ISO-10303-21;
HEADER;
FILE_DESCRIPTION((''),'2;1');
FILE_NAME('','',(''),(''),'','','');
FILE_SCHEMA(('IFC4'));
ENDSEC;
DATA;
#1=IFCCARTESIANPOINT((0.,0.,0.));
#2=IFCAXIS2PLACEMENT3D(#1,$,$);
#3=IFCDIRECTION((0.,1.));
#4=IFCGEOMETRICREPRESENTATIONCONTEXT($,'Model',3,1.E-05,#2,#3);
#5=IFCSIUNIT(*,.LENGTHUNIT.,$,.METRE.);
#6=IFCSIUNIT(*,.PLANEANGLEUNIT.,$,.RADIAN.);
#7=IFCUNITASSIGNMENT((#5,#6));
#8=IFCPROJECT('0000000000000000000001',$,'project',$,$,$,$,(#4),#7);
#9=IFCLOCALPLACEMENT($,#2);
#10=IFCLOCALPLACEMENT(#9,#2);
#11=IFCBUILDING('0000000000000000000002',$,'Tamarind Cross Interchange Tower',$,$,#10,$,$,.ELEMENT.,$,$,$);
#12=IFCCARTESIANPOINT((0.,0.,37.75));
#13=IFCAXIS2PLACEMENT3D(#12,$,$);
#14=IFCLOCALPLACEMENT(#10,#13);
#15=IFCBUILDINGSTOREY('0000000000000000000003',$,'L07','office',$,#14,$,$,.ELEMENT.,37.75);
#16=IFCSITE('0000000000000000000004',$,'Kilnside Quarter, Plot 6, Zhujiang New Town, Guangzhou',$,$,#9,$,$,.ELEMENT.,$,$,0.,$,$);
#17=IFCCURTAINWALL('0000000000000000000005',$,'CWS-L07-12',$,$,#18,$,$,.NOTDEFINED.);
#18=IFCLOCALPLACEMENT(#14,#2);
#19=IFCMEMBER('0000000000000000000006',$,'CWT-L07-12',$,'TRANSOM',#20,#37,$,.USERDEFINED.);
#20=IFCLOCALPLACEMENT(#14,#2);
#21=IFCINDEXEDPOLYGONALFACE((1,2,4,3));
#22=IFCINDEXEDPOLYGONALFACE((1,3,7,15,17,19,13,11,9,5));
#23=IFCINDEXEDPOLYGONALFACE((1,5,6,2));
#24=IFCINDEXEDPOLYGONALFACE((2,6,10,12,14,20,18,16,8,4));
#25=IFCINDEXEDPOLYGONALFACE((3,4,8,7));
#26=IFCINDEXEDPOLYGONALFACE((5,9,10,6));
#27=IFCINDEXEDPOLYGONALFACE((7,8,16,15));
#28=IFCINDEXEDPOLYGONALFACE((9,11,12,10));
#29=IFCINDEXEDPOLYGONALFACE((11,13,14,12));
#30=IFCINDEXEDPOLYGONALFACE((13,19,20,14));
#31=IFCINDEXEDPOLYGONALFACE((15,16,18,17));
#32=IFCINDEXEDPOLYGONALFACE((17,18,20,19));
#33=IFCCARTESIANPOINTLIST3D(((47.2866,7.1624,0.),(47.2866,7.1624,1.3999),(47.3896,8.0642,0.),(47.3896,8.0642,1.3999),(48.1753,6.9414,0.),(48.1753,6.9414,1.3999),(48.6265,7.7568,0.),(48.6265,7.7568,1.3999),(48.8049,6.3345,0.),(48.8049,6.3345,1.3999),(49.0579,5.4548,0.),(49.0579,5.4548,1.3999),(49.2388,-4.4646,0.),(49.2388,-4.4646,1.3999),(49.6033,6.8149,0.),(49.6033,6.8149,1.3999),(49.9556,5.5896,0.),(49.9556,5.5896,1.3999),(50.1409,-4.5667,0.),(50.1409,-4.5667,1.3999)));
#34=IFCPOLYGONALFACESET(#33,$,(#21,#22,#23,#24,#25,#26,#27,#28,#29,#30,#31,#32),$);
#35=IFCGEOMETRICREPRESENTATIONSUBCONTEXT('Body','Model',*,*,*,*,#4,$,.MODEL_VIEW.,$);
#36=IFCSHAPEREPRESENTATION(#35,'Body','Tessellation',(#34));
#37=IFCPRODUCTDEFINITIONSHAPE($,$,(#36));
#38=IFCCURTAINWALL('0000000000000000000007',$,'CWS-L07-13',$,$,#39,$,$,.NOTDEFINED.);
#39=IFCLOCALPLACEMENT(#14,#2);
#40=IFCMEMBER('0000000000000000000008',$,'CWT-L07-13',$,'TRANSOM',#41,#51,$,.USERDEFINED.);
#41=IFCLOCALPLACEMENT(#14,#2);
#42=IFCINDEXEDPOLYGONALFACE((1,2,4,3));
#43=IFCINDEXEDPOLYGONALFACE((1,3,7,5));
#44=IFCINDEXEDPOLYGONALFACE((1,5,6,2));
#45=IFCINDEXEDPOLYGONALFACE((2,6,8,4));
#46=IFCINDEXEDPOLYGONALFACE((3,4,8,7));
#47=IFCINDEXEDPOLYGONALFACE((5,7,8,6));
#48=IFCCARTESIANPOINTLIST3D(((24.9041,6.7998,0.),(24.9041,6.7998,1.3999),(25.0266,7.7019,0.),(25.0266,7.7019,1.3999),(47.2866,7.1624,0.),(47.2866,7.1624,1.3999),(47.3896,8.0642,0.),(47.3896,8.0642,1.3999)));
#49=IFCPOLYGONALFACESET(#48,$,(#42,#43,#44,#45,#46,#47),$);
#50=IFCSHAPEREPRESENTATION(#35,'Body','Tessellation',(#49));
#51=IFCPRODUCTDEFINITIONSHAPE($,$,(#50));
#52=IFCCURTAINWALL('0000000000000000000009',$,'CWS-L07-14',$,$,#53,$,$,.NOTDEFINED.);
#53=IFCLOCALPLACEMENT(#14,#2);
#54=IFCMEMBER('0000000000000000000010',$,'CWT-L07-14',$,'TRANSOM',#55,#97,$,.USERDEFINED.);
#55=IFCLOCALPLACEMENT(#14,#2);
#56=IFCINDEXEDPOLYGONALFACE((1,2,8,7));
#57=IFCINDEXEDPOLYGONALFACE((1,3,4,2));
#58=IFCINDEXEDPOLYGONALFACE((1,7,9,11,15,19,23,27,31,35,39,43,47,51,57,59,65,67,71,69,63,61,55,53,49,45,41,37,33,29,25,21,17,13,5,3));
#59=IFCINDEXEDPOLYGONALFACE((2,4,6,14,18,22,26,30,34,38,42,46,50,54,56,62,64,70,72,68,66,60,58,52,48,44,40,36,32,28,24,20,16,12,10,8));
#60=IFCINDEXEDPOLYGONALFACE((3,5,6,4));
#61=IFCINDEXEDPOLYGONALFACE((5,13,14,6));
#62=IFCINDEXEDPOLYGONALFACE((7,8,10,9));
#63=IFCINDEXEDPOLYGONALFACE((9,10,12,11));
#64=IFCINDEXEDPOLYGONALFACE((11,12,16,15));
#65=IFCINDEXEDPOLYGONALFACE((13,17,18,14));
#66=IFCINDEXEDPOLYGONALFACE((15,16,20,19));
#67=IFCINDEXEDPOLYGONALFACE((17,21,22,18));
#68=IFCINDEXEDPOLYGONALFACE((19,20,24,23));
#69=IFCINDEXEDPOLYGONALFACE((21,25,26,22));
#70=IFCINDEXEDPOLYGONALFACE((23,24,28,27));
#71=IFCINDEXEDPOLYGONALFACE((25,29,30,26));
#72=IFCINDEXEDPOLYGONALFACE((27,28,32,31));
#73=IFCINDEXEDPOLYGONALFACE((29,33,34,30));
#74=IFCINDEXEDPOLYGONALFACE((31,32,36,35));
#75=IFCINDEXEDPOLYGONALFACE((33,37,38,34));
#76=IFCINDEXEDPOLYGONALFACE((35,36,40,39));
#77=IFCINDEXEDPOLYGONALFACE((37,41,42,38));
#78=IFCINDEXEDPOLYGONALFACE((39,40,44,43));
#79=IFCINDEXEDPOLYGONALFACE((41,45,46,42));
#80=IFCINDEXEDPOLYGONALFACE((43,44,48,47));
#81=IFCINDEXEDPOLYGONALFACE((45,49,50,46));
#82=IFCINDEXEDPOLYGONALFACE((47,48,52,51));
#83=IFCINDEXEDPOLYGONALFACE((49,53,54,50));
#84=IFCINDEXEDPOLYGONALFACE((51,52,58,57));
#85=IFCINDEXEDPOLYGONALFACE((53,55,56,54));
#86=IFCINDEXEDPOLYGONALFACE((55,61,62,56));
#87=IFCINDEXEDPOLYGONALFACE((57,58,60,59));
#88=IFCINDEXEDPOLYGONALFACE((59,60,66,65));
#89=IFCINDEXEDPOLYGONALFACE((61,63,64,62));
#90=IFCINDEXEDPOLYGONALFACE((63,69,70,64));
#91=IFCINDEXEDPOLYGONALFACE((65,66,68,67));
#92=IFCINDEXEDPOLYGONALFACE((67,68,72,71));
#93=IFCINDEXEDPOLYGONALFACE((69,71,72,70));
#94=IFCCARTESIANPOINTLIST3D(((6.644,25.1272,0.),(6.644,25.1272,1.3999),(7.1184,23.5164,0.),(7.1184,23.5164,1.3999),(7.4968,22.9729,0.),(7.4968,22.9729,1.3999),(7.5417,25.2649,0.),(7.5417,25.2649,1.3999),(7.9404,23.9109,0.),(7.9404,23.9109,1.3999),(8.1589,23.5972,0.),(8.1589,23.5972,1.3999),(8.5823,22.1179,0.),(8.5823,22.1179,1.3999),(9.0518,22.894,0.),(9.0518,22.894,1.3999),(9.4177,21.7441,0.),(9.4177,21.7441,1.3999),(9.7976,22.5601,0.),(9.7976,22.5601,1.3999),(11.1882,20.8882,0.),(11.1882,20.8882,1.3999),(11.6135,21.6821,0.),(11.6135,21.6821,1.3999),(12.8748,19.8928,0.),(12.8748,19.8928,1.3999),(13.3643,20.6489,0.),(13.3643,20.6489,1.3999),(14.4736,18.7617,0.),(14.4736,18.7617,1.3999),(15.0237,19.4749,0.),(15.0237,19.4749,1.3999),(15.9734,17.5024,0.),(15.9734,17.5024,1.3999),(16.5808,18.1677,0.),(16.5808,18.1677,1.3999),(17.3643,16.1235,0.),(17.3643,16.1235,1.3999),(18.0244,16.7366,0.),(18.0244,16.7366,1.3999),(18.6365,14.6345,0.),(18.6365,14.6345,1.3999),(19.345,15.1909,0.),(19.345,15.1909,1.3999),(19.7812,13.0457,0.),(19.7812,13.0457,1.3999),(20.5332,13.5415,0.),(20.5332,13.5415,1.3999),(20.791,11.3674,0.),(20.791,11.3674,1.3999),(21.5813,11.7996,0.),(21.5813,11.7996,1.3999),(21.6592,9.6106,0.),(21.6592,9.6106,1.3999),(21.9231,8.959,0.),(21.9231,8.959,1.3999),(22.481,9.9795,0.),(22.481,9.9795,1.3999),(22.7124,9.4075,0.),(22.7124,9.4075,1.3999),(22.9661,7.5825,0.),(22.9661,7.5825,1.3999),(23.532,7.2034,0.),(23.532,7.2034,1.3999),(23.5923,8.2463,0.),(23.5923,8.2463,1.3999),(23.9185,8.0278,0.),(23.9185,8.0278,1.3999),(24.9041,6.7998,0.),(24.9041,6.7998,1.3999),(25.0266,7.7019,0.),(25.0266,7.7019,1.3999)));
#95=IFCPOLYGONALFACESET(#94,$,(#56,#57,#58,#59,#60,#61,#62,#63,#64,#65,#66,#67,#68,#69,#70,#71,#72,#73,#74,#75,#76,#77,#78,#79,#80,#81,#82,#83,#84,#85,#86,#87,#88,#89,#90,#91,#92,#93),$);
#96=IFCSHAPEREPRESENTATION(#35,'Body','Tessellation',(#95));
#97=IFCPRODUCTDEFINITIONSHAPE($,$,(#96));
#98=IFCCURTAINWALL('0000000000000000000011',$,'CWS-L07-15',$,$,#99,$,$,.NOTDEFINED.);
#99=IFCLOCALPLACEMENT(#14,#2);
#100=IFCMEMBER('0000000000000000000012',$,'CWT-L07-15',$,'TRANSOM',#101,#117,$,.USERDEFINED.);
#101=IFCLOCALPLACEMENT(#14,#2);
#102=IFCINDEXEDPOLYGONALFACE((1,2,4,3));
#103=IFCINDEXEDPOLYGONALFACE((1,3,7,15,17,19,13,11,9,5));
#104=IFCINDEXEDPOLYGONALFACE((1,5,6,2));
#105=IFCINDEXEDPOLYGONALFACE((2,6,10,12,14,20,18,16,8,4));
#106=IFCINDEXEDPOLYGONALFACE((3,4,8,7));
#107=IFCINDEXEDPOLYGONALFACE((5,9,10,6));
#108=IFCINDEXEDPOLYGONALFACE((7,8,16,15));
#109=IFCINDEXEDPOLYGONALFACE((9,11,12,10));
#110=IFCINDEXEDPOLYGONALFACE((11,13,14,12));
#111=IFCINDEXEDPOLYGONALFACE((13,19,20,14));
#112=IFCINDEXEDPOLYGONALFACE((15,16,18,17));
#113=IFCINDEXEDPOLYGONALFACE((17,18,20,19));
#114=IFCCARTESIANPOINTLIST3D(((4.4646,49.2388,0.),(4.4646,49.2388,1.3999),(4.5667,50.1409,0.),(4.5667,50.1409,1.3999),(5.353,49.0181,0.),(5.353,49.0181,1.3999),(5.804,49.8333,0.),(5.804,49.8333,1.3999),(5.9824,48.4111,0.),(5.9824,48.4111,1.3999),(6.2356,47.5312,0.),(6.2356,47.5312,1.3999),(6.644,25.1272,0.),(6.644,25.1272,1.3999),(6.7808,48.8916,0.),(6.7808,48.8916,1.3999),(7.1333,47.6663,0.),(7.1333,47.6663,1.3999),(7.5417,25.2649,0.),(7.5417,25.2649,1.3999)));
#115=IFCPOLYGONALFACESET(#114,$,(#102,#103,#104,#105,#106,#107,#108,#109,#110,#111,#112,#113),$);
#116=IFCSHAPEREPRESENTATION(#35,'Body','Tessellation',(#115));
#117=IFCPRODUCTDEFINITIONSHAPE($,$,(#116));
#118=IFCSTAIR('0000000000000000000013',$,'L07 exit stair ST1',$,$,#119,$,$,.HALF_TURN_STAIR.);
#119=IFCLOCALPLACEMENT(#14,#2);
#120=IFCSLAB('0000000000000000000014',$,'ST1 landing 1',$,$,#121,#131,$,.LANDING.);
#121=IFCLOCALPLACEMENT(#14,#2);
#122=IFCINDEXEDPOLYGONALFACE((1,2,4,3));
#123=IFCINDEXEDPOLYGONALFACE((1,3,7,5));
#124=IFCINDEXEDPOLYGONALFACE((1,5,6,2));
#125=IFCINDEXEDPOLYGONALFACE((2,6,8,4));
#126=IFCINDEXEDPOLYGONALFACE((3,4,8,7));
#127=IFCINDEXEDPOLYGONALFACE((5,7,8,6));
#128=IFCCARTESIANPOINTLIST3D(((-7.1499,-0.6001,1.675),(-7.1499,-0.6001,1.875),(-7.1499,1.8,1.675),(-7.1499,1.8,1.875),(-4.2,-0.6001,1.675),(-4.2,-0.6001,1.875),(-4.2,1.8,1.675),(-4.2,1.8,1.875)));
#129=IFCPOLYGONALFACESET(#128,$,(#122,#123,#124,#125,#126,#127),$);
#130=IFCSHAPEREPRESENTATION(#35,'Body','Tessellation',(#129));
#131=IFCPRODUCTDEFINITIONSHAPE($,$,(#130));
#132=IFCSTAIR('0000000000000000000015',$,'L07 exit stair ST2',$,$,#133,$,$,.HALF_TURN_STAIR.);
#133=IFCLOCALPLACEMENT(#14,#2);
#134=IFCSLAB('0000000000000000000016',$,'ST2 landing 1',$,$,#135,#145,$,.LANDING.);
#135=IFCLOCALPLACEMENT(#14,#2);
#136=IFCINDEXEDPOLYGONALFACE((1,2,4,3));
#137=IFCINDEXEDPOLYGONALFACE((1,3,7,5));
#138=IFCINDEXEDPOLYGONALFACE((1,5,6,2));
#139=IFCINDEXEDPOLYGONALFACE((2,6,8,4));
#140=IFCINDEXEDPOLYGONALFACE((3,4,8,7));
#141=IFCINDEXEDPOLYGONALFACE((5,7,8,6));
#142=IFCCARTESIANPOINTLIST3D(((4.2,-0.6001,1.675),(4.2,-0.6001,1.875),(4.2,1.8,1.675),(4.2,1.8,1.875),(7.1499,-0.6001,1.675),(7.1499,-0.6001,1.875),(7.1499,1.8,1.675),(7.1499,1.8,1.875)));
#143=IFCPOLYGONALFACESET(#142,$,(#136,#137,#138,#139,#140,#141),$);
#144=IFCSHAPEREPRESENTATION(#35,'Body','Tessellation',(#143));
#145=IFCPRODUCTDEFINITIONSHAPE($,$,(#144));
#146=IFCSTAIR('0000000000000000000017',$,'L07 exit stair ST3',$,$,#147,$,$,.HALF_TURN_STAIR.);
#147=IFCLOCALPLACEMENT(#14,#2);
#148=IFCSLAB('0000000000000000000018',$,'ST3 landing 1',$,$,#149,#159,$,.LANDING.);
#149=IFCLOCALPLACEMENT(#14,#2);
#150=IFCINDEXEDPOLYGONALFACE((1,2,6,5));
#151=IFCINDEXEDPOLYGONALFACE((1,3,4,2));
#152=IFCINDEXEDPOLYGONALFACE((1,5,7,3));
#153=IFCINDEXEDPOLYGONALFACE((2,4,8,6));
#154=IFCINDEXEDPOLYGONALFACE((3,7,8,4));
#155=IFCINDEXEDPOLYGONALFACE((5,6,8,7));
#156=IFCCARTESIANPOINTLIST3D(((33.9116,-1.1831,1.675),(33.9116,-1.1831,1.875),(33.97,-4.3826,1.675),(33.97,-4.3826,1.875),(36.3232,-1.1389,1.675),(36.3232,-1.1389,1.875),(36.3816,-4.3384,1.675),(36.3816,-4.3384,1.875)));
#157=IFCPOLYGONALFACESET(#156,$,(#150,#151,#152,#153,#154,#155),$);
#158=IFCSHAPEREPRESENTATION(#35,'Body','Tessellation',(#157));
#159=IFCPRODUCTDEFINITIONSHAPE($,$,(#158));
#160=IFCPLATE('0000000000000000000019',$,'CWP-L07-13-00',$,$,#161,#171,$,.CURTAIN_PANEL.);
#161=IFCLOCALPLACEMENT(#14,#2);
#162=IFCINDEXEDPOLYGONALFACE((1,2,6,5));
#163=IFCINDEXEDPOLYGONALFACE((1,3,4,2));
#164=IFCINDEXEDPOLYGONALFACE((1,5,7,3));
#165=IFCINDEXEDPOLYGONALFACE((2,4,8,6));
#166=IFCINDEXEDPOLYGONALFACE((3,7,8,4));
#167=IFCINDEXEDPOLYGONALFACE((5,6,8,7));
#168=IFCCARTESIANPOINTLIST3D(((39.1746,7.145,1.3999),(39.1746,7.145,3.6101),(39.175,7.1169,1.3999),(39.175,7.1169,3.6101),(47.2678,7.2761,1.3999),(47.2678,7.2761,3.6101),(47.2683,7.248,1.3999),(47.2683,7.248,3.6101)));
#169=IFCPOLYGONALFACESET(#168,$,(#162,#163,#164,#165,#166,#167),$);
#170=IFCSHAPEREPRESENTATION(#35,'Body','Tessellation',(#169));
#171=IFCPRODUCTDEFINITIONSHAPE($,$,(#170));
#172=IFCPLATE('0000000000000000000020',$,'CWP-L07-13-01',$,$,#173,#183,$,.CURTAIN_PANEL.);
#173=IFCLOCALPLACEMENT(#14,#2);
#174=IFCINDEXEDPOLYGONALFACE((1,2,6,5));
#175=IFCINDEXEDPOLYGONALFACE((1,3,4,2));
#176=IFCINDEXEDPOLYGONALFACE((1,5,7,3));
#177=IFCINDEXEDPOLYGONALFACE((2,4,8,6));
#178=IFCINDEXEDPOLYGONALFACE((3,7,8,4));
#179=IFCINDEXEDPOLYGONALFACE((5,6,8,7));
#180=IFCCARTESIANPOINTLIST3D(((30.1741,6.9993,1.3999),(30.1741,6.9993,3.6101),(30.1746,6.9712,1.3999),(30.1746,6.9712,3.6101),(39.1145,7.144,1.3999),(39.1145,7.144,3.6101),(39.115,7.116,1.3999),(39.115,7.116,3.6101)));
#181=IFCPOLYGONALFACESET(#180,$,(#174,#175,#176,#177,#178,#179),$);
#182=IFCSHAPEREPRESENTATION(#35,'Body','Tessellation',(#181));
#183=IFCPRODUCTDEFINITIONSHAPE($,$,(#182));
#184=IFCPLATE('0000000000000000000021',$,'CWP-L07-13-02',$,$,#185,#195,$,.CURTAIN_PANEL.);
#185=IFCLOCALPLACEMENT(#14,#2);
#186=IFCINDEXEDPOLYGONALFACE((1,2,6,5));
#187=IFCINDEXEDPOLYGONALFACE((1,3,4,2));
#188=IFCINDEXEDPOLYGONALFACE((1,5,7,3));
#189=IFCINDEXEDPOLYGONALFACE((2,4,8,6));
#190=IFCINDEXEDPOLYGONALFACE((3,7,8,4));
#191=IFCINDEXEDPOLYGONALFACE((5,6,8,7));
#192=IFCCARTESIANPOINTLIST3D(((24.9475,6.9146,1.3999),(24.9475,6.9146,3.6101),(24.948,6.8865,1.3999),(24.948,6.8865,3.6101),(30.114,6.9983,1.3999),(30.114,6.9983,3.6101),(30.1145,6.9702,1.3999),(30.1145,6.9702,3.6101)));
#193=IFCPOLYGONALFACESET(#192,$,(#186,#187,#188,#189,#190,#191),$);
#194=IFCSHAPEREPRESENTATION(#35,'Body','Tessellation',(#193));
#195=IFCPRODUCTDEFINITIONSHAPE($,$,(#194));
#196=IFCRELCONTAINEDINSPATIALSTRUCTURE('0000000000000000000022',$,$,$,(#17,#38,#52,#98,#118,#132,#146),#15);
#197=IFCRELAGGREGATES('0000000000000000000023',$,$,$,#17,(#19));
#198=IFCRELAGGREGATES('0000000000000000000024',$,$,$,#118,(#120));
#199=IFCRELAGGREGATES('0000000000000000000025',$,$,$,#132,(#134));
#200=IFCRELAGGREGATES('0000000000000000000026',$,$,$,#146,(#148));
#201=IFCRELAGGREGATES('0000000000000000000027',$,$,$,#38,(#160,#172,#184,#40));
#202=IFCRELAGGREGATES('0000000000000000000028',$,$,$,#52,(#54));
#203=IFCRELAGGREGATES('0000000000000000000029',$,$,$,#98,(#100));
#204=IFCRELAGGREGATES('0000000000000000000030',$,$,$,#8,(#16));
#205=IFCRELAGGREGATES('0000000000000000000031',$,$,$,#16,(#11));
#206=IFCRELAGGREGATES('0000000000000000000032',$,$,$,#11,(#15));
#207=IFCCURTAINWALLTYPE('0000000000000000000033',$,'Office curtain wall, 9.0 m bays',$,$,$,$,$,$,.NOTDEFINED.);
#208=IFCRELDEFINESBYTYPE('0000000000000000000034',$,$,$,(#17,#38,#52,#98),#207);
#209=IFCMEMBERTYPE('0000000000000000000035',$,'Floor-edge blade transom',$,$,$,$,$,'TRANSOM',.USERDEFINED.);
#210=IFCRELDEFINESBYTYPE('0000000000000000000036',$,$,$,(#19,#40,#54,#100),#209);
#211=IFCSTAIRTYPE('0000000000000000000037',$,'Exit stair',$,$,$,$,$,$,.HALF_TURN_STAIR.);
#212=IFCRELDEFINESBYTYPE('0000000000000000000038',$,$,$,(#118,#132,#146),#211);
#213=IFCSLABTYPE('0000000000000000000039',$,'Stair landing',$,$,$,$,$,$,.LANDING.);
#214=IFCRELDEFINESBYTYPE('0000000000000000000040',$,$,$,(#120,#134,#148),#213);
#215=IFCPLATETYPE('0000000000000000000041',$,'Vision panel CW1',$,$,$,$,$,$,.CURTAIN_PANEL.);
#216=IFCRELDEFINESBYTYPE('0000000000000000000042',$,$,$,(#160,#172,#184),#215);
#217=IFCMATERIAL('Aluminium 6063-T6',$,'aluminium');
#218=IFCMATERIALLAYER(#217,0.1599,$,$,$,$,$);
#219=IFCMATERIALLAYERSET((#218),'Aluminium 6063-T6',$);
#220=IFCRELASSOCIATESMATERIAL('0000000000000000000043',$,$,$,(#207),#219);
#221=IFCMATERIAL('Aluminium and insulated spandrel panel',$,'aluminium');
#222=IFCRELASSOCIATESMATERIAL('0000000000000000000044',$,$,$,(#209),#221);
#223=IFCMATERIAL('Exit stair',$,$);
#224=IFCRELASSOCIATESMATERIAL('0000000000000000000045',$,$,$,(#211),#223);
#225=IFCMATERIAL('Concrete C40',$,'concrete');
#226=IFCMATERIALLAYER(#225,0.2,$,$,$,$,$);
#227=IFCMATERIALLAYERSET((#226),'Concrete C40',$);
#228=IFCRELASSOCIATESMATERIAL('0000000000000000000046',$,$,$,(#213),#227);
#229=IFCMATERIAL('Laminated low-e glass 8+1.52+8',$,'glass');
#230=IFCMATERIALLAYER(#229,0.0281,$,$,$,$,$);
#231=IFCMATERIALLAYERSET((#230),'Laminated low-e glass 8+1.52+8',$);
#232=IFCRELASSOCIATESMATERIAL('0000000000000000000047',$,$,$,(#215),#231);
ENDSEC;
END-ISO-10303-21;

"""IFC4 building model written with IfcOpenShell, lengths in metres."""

from ifc_helpers import new_model, si_unit, direction, frame, origin, place, context, subcontext, project, spatial, polyline, outline, extrude, material, layer, layer_set, type_object, element, aggregate, save


model = new_model("IFC4")

# Units and contexts
model_context = context("Model", 3, precision=1e-05, world=origin(), true_north=direction((0.0, 1.0)))
body_context = subcontext(model_context, "Body", "Model", "MODEL_VIEW")
ifc_project = project(units=[si_unit("LENGTHUNIT", "METRE"), si_unit("PLANEANGLEUNIT", "RADIAN")], contexts=[model_context])

# Site, building, storey
site_placement = place(None, origin())
site = spatial("IfcSite", under=ifc_project, at=site_placement, Name="Kilnside Quarter, Plot 6, Zhujiang New Town, Guangzhou", CompositionType="ELEMENT", RefElevation=0.0)
building_placement = place(site_placement, origin())
building = spatial("IfcBuilding", under=site, at=building_placement, Name="Tamarind Cross Interchange Tower", CompositionType="ELEMENT")
storey_placement = place(building_placement, frame((0.0, 0.0, 37.75)))
storey = spatial("IfcBuildingStorey", under=building, at=storey_placement, Name="L07", Description="office", CompositionType="ELEMENT", Elevation=37.75)

# Curtain walls, members
ifc_material_1 = material(Name="Aluminium 6063-T6", Category="aluminium")
ifc_layer_1 = layer(ifc_material_1, 0.1599)
ifc_layer_set_1 = layer_set([ifc_layer_1], Name="Aluminium 6063-T6")
curtain_wall_type = type_object("IfcCurtainWallType", Name="Office curtain wall, 9.0 m bays", PredefinedType="NOTDEFINED", material=ifc_layer_set_1)
curtain_wall_1_placement = place(storey_placement, origin())
curtain_wall_1 = element("IfcCurtainWall", 1, at=curtain_wall_1_placement, inside=storey, type_object=curtain_wall_type, Name="CWS-L07-12", PredefinedType="NOTDEFINED")
ifc_material_2 = material(Name="Aluminium and insulated spandrel panel", Category="aluminium")
member_type = type_object("IfcMemberType", Name="Floor-edge blade transom", ElementType="TRANSOM", PredefinedType="USERDEFINED", material=ifc_material_2)
member_1_placement = place(storey_placement, origin())
member_1 = element("IfcMember", 2, at=member_1_placement, type_object=member_type, Name="CWT-L07-12", ObjectType="TRANSOM", PredefinedType="USERDEFINED", context=body_context, shape_type="SweptSolid", body=[
    extrude(outline(polyline([(49.2388, -4.4646), (49.0579, 5.4548), (48.8049, 6.3345), (48.1753, 6.9414), (47.2866, 7.1624), (47.3896, 8.0642), (48.6265, 7.7568), (49.6033, 6.8149), (49.9556, 5.5896), (50.1409, -4.5667), (49.2388, -4.4646)])), origin(), (0.0, 0.0, 1.0), 1.3999),
])
aggregate(curtain_wall_1, [member_1])
curtain_wall_2_placement = place(storey_placement, origin())
curtain_wall_2 = element("IfcCurtainWall", 3, at=curtain_wall_2_placement, inside=storey, type_object=curtain_wall_type, Name="CWS-L07-13", PredefinedType="NOTDEFINED")
member_2_placement = place(storey_placement, origin())
member_2 = element("IfcMember", 4, at=member_2_placement, type_object=member_type, Name="CWT-L07-13", ObjectType="TRANSOM", PredefinedType="USERDEFINED", context=body_context, shape_type="SweptSolid", body=[
    extrude(outline(polyline([(47.2866, 7.1624), (24.9041, 6.7998), (25.0266, 7.7019), (47.3896, 8.0642), (47.2866, 7.1624)])), origin(), (0.0, 0.0, 1.0), 1.3999),
])
curtain_wall_3_placement = place(storey_placement, origin())
curtain_wall_3 = element("IfcCurtainWall", 5, at=curtain_wall_3_placement, inside=storey, type_object=curtain_wall_type, Name="CWS-L07-14", PredefinedType="NOTDEFINED")
member_3_placement = place(storey_placement, origin())
member_3 = element("IfcMember", 6, at=member_3_placement, type_object=member_type, Name="CWT-L07-14", ObjectType="TRANSOM", PredefinedType="USERDEFINED", context=body_context, shape_type="SweptSolid", body=[
    extrude(outline(polyline([(24.9041, 6.7998), (23.532, 7.2034), (22.9661, 7.5825), (21.9231, 8.959), (21.6592, 9.6106), (20.791, 11.3674), (19.7812, 13.0457), (18.6365, 14.6345), (17.3643, 16.1235), (15.9734, 17.5024), (14.4736, 18.7617), (12.8748, 19.8928), (11.1882, 20.8882), (9.4177, 21.7441), (8.5823, 22.1179), (7.4968, 22.9729), (7.1184, 23.5164), (6.644, 25.1272), (7.5417, 25.2649), (7.9404, 23.9109), (8.1589, 23.5972), (9.0518, 22.894), (9.7976, 22.5601), (11.6135, 21.6821), (13.3643, 20.6489), (15.0237, 19.4749), (16.5808, 18.1677), (18.0244, 16.7366), (19.345, 15.1909), (20.5332, 13.5415), (21.5813, 11.7996), (22.481, 9.9795), (22.7124, 9.4075), (23.5923, 8.2463), (23.9185, 8.0278), (25.0266, 7.7019), (24.9041, 6.7998)])), origin(), (0.0, 0.0, 1.0), 1.3999),
])
curtain_wall_4_placement = place(storey_placement, origin())
curtain_wall_4 = element("IfcCurtainWall", 7, at=curtain_wall_4_placement, inside=storey, type_object=curtain_wall_type, Name="CWS-L07-15", PredefinedType="NOTDEFINED")
member_4_placement = place(storey_placement, origin())
member_4 = element("IfcMember", 8, at=member_4_placement, type_object=member_type, Name="CWT-L07-15", ObjectType="TRANSOM", PredefinedType="USERDEFINED", context=body_context, shape_type="SweptSolid", body=[
    extrude(outline(polyline([(6.644, 25.1272), (6.2356, 47.5312), (5.9824, 48.4111), (5.353, 49.0181), (4.4646, 49.2388), (4.5667, 50.1409), (5.804, 49.8333), (6.7808, 48.8916), (7.1333, 47.6663), (7.5417, 25.2649), (6.644, 25.1272)])), origin(), (0.0, 0.0, 1.0), 1.3999),
])

# Stairs, slabs
ifc_material_3 = material(Name="Exit stair")
stair_type = type_object("IfcStairType", Name="Exit stair", PredefinedType="HALF_TURN_STAIR", material=ifc_material_3)
stair_1_placement = place(storey_placement, origin())
stair_1 = element("IfcStair", 9, at=stair_1_placement, inside=storey, type_object=stair_type, Name="L07 exit stair ST1", PredefinedType="HALF_TURN_STAIR")
ifc_material_4 = material(Name="Concrete C40", Category="concrete")
ifc_layer_2 = layer(ifc_material_4, 0.2)
ifc_layer_set_2 = layer_set([ifc_layer_2], Name="Concrete C40")
slab_type = type_object("IfcSlabType", Name="Stair landing", PredefinedType="LANDING", material=ifc_layer_set_2)
slab_1_placement = place(storey_placement, frame((0.0, 0.0, 1.675)))
slab_1 = element("IfcSlab", 10, at=slab_1_placement, type_object=slab_type, Name="ST1 landing 1", PredefinedType="LANDING", context=body_context, shape_type="SweptSolid", body=[
    extrude(outline(polyline([(-4.2, -0.6001), (-4.2, 1.8), (-7.1499, 1.8), (-7.1499, -0.6001), (-4.2, -0.6001)])), origin(), (0.0, 0.0, 1.0), 0.2),
])
aggregate(stair_1, [slab_1])
stair_2_placement = place(storey_placement, origin())
stair_2 = element("IfcStair", 11, at=stair_2_placement, inside=storey, type_object=stair_type, Name="L07 exit stair ST2", PredefinedType="HALF_TURN_STAIR")
slab_2_placement = place(storey_placement, frame((0.0, 0.0, 1.675)))
slab_2 = element("IfcSlab", 12, at=slab_2_placement, type_object=slab_type, Name="ST2 landing 1", PredefinedType="LANDING", context=body_context, shape_type="SweptSolid", body=[
    extrude(outline(polyline([(7.1499, -0.6001), (7.1499, 1.8), (4.2, 1.8), (4.2, -0.6001), (7.1499, -0.6001)])), origin(), (0.0, 0.0, 1.0), 0.2),
])
aggregate(stair_2, [slab_2])
stair_3_placement = place(storey_placement, origin())
stair_3 = element("IfcStair", 13, at=stair_3_placement, inside=storey, type_object=stair_type, Name="L07 exit stair ST3", PredefinedType="HALF_TURN_STAIR")
slab_3_placement = place(storey_placement, frame((0.0, 0.0, 1.675)))
slab_3 = element("IfcSlab", 14, at=slab_3_placement, type_object=slab_type, Name="ST3 landing 1", PredefinedType="LANDING", context=body_context, shape_type="SweptSolid", body=[
    extrude(outline(polyline([(33.97, -4.3826), (36.3816, -4.3384), (36.3232, -1.1389), (33.9116, -1.1831), (33.97, -4.3826)])), origin(), (0.0, 0.0, 1.0), 0.2),
])
aggregate(stair_3, [slab_3])

# Plates
ifc_material_5 = material(Name="Laminated low-e glass 8+1.52+8", Category="glass")
ifc_layer_3 = layer(ifc_material_5, 0.0281)
ifc_layer_set_3 = layer_set([ifc_layer_3], Name="Laminated low-e glass 8+1.52+8")
plate_type = type_object("IfcPlateType", Name="Vision panel CW1", PredefinedType="CURTAIN_PANEL", material=ifc_layer_set_3)
plate_1_placement = place(storey_placement, frame((0.0, 0.0, 1.3999)))
plate_1 = element("IfcPlate", 15, at=plate_1_placement, type_object=plate_type, Name="CWP-L07-13-00", PredefinedType="CURTAIN_PANEL", context=body_context, shape_type="SweptSolid", body=[
    extrude(outline(polyline([(47.2683, 7.248), (39.175, 7.1169), (39.1746, 7.145), (47.2678, 7.2761), (47.2683, 7.248)])), origin(), (0.0, 0.0, 1.0), 2.2102),
])
plate_2_placement = place(storey_placement, frame((0.0, 0.0, 1.3999)))
plate_2 = element("IfcPlate", 16, at=plate_2_placement, type_object=plate_type, Name="CWP-L07-13-01", PredefinedType="CURTAIN_PANEL", context=body_context, shape_type="SweptSolid", body=[
    extrude(outline(polyline([(39.115, 7.116), (30.1746, 6.9712), (30.1741, 6.9993), (39.1145, 7.144), (39.115, 7.116)])), origin(), (0.0, 0.0, 1.0), 2.2102),
])
plate_3_placement = place(storey_placement, frame((0.0, 0.0, 1.3999)))
plate_3 = element("IfcPlate", 17, at=plate_3_placement, type_object=plate_type, Name="CWP-L07-13-02", PredefinedType="CURTAIN_PANEL", context=body_context, shape_type="SweptSolid", body=[
    extrude(outline(polyline([(30.1145, 6.9702), (24.948, 6.8865), (24.9475, 6.9146), (30.114, 6.9983), (30.1145, 6.9702)])), origin(), (0.0, 0.0, 1.0), 2.2102),
])
aggregate(curtain_wall_2, [plate_1, plate_2, plate_3, member_2])
aggregate(curtain_wall_3, [member_3])
aggregate(curtain_wall_4, [member_4])

save(model, "model.ifc")
